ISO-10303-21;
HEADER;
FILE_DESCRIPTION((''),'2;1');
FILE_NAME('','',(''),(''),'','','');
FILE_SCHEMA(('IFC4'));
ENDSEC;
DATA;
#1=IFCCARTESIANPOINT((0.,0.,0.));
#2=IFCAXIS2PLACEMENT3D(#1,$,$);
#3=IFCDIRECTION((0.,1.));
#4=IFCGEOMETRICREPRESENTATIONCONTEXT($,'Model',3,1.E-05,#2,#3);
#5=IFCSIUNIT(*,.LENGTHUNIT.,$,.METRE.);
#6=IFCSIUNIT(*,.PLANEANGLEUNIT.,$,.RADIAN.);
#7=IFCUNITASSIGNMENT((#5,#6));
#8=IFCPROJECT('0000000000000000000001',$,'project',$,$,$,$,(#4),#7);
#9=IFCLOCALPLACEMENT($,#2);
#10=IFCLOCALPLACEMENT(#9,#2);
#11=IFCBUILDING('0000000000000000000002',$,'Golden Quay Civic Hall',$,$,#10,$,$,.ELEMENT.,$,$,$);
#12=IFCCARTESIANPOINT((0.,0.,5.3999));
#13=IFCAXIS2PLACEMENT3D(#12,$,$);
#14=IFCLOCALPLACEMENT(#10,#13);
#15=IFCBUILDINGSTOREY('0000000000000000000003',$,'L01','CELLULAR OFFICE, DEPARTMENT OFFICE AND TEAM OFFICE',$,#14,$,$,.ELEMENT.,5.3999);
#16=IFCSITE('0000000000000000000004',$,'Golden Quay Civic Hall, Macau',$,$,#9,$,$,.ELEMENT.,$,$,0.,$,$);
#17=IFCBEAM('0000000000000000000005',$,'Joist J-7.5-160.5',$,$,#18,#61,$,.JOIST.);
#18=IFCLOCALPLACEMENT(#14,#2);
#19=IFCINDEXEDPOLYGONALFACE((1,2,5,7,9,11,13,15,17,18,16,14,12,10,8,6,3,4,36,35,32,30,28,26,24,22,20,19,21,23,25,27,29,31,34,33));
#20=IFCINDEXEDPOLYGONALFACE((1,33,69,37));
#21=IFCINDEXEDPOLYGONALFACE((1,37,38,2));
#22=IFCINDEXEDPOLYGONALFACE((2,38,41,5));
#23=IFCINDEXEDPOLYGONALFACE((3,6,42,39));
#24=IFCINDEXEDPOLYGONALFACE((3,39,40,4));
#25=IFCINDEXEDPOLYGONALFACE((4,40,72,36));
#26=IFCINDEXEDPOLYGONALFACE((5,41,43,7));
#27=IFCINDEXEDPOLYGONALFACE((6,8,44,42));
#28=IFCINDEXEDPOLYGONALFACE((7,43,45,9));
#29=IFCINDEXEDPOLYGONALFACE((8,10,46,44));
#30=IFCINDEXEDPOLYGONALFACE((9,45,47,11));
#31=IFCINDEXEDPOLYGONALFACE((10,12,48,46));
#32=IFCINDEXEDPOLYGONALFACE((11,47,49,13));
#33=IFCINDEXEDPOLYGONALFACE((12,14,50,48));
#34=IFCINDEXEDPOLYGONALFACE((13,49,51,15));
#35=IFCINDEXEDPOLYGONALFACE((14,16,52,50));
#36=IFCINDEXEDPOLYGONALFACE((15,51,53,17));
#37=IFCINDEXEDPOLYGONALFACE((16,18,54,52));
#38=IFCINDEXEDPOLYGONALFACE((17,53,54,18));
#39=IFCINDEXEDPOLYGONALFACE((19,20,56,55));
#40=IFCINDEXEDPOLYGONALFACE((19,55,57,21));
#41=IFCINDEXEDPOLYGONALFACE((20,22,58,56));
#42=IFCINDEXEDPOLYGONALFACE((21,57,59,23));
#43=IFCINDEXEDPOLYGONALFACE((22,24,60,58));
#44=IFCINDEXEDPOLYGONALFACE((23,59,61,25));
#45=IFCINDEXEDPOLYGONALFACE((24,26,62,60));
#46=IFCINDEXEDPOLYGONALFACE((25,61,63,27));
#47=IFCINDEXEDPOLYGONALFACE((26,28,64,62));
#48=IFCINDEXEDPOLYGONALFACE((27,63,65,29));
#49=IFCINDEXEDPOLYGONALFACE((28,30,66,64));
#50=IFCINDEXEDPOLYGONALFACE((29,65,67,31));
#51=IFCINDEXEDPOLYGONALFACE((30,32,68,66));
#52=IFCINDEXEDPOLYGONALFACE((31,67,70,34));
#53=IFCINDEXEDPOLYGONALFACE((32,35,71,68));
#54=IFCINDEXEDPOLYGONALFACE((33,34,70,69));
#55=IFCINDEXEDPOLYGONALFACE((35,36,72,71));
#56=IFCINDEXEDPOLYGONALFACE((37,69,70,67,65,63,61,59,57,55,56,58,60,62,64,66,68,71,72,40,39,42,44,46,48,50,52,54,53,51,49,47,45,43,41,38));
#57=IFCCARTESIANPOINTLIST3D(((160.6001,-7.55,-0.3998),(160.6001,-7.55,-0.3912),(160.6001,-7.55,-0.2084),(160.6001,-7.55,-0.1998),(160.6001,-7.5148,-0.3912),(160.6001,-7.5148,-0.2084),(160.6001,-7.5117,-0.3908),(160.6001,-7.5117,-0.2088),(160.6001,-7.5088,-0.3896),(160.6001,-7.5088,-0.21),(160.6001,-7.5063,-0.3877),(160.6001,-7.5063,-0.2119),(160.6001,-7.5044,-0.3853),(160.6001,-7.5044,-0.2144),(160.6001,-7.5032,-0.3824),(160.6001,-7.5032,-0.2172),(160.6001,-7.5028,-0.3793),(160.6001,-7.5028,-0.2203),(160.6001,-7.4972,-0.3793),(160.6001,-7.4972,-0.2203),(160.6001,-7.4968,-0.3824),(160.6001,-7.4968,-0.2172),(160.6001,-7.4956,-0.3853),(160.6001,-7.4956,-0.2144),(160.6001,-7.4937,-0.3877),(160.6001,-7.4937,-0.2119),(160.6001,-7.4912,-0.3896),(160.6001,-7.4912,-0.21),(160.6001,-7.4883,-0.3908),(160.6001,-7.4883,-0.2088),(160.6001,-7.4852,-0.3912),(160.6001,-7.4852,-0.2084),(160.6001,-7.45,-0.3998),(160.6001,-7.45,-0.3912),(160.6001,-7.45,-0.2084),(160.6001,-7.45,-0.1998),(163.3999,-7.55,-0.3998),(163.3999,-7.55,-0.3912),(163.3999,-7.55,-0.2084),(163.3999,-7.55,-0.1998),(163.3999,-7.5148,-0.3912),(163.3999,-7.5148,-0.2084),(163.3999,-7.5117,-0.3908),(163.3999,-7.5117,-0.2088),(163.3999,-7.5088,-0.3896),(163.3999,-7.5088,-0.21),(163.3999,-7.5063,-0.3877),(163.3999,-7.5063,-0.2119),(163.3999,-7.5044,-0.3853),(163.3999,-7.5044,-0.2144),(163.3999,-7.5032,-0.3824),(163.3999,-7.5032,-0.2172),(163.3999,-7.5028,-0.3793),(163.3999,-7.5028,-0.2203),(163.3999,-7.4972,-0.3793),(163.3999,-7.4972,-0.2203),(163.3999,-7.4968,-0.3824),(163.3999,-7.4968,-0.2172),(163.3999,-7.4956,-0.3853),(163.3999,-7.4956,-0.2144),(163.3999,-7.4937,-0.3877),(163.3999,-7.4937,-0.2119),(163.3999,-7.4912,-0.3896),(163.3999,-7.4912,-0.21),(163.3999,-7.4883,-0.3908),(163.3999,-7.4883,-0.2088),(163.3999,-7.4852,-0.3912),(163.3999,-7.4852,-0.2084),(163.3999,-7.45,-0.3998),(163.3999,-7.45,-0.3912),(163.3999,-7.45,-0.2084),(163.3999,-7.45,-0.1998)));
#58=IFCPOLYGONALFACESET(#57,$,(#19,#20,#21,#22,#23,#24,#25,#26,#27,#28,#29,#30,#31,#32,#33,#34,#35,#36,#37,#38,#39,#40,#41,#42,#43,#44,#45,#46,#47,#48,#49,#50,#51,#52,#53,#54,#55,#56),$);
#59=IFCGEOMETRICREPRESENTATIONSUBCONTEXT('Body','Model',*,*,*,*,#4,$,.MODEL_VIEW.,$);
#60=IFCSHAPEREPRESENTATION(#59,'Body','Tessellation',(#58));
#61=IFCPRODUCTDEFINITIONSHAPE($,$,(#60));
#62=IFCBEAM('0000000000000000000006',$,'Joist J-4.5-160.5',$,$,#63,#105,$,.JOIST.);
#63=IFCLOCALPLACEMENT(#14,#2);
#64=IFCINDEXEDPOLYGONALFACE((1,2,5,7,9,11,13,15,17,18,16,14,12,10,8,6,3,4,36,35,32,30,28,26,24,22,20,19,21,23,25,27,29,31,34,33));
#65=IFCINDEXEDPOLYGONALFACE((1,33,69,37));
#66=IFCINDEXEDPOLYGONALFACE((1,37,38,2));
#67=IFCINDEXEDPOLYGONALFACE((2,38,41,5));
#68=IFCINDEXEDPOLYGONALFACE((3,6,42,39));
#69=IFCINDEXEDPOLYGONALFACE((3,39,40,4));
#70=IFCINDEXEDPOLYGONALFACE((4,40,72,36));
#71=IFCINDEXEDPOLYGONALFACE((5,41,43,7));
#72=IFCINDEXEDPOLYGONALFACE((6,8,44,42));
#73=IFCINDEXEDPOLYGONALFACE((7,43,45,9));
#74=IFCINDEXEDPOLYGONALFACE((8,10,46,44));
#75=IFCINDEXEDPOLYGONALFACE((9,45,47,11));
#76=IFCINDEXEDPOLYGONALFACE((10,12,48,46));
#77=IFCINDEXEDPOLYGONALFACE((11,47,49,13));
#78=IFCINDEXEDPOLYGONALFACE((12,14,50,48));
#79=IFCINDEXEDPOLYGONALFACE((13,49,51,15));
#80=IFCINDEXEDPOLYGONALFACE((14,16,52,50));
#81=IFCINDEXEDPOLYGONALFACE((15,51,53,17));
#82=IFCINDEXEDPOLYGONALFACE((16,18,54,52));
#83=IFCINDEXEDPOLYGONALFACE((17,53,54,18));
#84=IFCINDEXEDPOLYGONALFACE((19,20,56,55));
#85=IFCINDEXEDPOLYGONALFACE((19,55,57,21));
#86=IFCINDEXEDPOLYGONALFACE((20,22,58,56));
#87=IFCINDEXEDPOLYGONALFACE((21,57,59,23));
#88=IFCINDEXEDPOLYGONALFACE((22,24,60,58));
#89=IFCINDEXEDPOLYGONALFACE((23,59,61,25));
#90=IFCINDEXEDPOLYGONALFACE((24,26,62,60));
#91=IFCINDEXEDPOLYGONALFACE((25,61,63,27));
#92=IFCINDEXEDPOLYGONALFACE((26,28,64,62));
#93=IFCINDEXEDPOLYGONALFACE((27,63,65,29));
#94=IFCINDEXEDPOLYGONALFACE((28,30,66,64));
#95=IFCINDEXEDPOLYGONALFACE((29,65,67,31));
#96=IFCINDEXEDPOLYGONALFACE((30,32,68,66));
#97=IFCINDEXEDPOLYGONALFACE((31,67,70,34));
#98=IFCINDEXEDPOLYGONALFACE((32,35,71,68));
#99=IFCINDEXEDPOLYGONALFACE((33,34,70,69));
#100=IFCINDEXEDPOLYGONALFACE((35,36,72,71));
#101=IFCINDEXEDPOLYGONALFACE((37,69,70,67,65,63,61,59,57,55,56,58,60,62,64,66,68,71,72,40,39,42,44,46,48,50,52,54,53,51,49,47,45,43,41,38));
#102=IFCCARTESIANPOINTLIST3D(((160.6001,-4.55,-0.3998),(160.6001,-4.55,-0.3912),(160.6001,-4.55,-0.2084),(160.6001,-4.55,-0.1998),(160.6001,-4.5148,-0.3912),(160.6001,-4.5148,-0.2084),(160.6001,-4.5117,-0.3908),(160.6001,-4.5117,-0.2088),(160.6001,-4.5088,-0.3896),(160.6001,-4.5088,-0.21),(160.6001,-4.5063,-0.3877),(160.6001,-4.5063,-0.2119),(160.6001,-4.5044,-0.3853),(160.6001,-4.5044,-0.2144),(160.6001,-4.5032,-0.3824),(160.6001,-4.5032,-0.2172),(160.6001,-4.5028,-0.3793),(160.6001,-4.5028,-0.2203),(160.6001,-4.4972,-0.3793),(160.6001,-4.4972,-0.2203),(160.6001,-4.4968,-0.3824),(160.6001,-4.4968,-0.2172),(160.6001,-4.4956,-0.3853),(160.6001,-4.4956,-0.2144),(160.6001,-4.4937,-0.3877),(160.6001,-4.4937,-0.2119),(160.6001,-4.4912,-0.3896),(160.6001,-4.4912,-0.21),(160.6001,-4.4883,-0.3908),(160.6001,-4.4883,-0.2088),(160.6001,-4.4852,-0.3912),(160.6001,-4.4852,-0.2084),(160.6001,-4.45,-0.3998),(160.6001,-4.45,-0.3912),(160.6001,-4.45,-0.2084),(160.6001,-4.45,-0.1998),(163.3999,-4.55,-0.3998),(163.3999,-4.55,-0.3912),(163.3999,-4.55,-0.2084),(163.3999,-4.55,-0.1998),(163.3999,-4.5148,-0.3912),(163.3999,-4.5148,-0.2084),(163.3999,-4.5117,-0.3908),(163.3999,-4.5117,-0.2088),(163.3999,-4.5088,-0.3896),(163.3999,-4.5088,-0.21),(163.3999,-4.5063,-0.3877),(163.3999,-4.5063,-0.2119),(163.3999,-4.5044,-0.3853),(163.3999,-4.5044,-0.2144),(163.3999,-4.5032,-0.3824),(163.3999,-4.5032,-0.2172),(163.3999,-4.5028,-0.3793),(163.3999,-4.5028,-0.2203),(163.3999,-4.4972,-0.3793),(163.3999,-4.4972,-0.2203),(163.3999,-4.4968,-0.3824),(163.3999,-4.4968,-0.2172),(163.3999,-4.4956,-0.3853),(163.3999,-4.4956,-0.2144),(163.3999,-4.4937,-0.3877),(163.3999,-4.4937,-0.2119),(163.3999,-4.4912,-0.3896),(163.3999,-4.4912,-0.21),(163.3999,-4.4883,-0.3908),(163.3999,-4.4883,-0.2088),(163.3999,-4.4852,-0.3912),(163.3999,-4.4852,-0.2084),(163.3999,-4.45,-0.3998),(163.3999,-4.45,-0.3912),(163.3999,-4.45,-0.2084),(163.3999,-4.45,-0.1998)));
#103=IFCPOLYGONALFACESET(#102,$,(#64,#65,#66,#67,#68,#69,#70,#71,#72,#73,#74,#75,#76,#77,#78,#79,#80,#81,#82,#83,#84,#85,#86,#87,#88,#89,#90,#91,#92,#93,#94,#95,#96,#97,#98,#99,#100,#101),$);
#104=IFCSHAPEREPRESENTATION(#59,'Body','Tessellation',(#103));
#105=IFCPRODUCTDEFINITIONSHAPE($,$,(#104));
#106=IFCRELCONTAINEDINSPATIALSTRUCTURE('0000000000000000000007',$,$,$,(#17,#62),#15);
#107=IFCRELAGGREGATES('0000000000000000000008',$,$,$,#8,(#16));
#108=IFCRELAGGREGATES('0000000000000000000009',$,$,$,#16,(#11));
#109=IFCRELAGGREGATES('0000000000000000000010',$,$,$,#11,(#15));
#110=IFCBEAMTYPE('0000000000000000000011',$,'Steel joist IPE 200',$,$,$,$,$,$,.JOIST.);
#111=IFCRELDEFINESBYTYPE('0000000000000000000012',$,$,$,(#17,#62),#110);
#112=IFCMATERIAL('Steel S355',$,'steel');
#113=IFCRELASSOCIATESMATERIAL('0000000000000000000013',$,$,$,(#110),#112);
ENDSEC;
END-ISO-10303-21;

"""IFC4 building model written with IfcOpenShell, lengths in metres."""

from ifc_helpers import new_model, si_unit, direction, frame, origin, origin_2d, place, context, subcontext, project, spatial, i_section, extrude, material, material_profile, profile_set, type_object, element, save


model = new_model("IFC4")

# Units and contexts
model_context = context("Model", 3, precision=1e-05, world=origin(), true_north=direction((0.0, 1.0)))
body_context = subcontext(model_context, "Body", "Model", "MODEL_VIEW")
ifc_project = project(units=[si_unit("LENGTHUNIT", "METRE"), si_unit("PLANEANGLEUNIT", "RADIAN")], contexts=[model_context])

# Site, building, storey
site_placement = place(None, origin())
site = spatial("IfcSite", under=ifc_project, at=site_placement, Name="Golden Quay Civic Hall, Macau", CompositionType="ELEMENT", RefElevation=0.0)
building_placement = place(site_placement, origin())
building = spatial("IfcBuilding", under=site, at=building_placement, Name="Golden Quay Civic Hall", CompositionType="ELEMENT")
storey_placement = place(building_placement, frame((0.0, 0.0, 5.3999)))
storey = spatial("IfcBuildingStorey", under=building, at=storey_placement, Name="L01", Description="CELLULAR OFFICE, DEPARTMENT OFFICE AND TEAM OFFICE", CompositionType="ELEMENT", Elevation=5.3999)

# Beams
ifc_material_1 = material(Name="Steel S355", Category="steel")
ifc_material_profile = material_profile(ifc_material_1, i_section(OverallWidth=0.1001, OverallDepth=0.2, WebThickness=0.0056, FlangeThickness=0.0085, FilletRadius=0.012, at=origin_2d()), Name="IPE 200")
ifc_profile_set = profile_set([ifc_material_profile], Name="Steel S355")
beam_type = type_object("IfcBeamType", Name="Steel joist IPE 200", PredefinedType="JOIST", material=ifc_profile_set)
for number, where, z_axis, x_axis, name in (
    (1, (160.6001, -7.5, -0.2998), (1.0, 0.0, 0.0), (0.0, 1.0, 0.0), "Joist J-7.5-160.5"),
    (2, (160.6001, -4.5, -0.2998), (1.0, 0.0, 0.0), (0.0, 1.0, 0.0), "Joist J-4.5-160.5"),
):
    element("IfcBeam", number, at=place(storey_placement, frame(where, z_axis=z_axis, x_axis=x_axis)), inside=storey, type_object=beam_type, Name=name, PredefinedType="JOIST", context=body_context, shape_type="SweptSolid", body=[
        extrude(i_section(OverallWidth=0.1001, OverallDepth=0.2, WebThickness=0.0056, FlangeThickness=0.0085, FilletRadius=0.012, at=origin_2d()), origin(), (0.0, 0.0, 1.0), 2.7998),
    ])

save(model, "model.ifc")
